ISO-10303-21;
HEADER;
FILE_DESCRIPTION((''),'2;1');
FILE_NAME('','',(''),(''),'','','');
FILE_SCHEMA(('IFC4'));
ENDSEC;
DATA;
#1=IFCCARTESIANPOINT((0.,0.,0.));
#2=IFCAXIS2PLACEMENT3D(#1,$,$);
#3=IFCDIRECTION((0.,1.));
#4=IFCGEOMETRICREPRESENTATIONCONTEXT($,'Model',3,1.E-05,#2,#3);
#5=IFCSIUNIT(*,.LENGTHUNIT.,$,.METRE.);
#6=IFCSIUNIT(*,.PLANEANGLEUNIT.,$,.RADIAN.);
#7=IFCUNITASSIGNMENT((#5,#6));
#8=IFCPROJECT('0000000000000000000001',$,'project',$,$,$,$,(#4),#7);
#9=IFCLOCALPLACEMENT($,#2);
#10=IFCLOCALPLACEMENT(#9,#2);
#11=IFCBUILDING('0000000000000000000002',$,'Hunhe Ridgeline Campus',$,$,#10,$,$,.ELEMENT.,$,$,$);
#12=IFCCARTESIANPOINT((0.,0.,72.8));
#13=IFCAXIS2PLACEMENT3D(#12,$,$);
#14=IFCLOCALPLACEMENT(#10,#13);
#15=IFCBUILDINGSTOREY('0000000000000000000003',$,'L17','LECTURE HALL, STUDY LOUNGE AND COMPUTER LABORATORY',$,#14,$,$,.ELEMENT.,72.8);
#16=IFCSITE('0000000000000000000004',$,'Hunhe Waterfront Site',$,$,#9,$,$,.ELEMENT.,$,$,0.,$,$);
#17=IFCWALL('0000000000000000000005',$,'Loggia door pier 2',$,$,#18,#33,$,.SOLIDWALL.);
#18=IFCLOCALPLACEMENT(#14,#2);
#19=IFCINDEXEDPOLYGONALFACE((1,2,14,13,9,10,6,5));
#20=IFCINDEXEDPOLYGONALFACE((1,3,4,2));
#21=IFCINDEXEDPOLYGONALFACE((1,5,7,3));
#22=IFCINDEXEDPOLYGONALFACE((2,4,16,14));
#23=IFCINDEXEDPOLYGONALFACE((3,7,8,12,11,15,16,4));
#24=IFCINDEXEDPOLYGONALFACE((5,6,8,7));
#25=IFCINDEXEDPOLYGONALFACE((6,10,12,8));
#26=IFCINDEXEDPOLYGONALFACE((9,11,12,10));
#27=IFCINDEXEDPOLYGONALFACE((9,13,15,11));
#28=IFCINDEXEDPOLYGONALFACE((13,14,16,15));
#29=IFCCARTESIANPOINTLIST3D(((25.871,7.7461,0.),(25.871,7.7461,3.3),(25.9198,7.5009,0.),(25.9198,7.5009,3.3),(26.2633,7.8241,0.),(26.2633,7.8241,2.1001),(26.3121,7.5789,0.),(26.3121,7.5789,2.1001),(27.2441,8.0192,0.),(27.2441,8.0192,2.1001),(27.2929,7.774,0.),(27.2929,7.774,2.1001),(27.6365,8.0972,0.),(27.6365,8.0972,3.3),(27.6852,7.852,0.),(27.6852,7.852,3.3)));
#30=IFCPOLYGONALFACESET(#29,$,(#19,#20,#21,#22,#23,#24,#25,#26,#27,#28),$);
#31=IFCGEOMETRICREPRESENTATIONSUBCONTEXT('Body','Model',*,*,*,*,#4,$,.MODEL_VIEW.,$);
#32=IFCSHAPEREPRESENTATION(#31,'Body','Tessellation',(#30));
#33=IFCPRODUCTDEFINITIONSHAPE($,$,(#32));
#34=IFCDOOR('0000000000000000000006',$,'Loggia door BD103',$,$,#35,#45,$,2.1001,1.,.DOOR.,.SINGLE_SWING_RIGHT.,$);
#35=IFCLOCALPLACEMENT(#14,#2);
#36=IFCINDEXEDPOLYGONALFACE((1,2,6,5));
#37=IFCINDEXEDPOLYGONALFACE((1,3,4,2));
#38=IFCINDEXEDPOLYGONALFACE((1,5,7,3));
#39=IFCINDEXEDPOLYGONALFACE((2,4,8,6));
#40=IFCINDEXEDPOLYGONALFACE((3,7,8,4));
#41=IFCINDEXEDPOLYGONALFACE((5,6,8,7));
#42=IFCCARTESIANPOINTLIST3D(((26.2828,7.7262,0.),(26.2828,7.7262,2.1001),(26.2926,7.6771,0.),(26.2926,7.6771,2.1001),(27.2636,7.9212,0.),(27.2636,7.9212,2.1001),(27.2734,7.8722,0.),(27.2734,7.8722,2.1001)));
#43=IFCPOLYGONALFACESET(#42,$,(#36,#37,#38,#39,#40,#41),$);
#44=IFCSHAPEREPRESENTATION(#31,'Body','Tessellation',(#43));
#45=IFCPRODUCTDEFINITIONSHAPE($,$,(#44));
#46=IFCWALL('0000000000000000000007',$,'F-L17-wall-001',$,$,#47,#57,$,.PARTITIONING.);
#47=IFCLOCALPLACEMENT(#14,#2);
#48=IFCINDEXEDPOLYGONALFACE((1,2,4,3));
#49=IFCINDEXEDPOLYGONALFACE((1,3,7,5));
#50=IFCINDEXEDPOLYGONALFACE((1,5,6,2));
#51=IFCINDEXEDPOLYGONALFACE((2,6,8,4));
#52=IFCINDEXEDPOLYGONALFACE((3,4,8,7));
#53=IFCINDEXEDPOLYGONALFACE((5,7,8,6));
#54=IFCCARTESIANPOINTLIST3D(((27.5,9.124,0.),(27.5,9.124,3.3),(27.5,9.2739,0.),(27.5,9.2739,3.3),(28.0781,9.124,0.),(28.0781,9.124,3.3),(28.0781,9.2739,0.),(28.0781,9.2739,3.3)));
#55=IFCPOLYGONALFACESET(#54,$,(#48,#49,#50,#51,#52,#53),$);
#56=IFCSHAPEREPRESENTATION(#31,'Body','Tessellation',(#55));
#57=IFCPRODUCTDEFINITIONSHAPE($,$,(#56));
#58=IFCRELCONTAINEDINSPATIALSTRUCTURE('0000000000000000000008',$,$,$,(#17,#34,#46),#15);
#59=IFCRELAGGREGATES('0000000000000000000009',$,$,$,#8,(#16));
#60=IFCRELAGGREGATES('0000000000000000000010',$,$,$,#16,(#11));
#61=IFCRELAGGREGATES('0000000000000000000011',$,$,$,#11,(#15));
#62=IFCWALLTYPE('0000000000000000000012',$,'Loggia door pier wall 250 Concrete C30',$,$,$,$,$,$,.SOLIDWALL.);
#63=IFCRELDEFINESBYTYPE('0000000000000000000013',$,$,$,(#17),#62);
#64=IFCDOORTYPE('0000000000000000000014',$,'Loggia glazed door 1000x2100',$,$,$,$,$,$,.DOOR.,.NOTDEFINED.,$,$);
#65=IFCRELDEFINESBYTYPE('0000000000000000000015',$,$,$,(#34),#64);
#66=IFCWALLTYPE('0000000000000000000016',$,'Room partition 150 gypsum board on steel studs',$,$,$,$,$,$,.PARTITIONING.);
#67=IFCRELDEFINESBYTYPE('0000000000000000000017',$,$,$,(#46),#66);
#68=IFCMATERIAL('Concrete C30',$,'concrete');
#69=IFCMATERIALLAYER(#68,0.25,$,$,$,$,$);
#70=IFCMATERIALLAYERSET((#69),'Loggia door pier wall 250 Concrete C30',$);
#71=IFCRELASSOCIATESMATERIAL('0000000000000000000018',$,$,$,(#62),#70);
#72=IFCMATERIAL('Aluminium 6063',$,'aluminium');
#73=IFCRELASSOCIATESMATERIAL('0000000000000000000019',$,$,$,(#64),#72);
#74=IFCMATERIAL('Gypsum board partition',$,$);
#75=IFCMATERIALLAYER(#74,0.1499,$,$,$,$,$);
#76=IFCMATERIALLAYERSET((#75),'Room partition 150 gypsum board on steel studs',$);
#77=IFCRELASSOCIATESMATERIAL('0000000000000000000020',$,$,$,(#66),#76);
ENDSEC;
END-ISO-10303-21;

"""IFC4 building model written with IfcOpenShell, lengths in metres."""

from ifc_helpers import new_model, si_unit, direction, frame, frame_2d, origin, place, context, subcontext, project, spatial, rectangle, extrude, material, layer, layer_set, type_object, element, fill, save


model = new_model("IFC4")

# Units and contexts
model_context = context("Model", 3, precision=1e-05, world=origin(), true_north=direction((0.0, 1.0)))
body_context = subcontext(model_context, "Body", "Model", "MODEL_VIEW")
ifc_project = project(units=[si_unit("LENGTHUNIT", "METRE"), si_unit("PLANEANGLEUNIT", "RADIAN")], contexts=[model_context])

# Site, building, storey
site_placement = place(None, origin())
site = spatial("IfcSite", under=ifc_project, at=site_placement, Name="Hunhe Waterfront Site", CompositionType="ELEMENT", RefElevation=0.0)
building_placement = place(site_placement, origin())
building = spatial("IfcBuilding", under=site, at=building_placement, Name="Hunhe Ridgeline Campus", CompositionType="ELEMENT")
storey_placement = place(building_placement, frame((0.0, 0.0, 72.8)))
storey = spatial("IfcBuildingStorey", under=building, at=storey_placement, Name="L17", Description="LECTURE HALL, STUDY LOUNGE AND COMPUTER LABORATORY", CompositionType="ELEMENT", Elevation=72.8)

# Shared definitions
ifc_material_1 = material(Name="Aluminium 6063", Category="aluminium")

# Shared definitions
ifc_material_2 = material(Name="Gypsum board partition")

# Wall, opening, door
ifc_material_3 = material(Name="Concrete C30", Category="concrete")
ifc_layer_1 = layer(ifc_material_3, 0.25)
ifc_layer_set_1 = layer_set([ifc_layer_1], Name="Loggia door pier wall 250 Concrete C30")
wall_type_1 = type_object("IfcWallType", Name="Loggia door pier wall 250 Concrete C30", PredefinedType="SOLIDWALL", material=ifc_layer_set_1)
wall_1_placement = place(storey_placement, frame((25.8955, 7.6235, 0.0), z_axis=(0.0, 0.0, 1.0), x_axis=(0.980794, 0.195047, 0.0)))
wall_1 = element("IfcWall", 1, at=wall_1_placement, inside=storey, type_object=wall_type_1, Name="Loggia door pier 2", PredefinedType="SOLIDWALL", context=body_context, shape_type="SweptSolid", body=[
    extrude(rectangle(XDim=1.8, YDim=0.25, at=frame_2d((0.8999, 0.0))), origin(), (0.0, 0.0, 1.0), 3.3),
])
opening_1_placement = place(wall_1_placement, frame((0.3999, 0.0, 0.0)))
opening_1 = element("IfcOpeningElement", 2, at=opening_1_placement, cuts=wall_1, PredefinedType="OPENING", context=body_context, shape_type="SweptSolid", body=[
    extrude(rectangle(XDim=1.0, YDim=2.1001, at=frame_2d((0.5, 1.05))), frame((0.0, 0.125, 0.0), z_axis=(0.0, -1.0, 0.0), x_axis=(1.0, 0.0, 0.0)), (0.0, 0.0, 1.0), 0.25),
])
door_type_1 = type_object("IfcDoorType", Name="Loggia glazed door 1000x2100", OperationType="NOTDEFINED", PredefinedType="DOOR", material=ifc_material_1)
door_1_placement = place(opening_1_placement, frame((1.0, 0.0, 0.0), z_axis=(0.0, 0.0, 1.0), x_axis=(-1.0, 0.0, 0.0)))
door_1 = element("IfcDoor", 3, at=door_1_placement, inside=storey, type_object=door_type_1, Name="Loggia door BD103", OperationType="SINGLE_SWING_RIGHT", OverallHeight=2.1001, OverallWidth=1.0, PredefinedType="DOOR", context=body_context, shape_type="SweptSolid", body=[
    extrude(rectangle(XDim=1.0, YDim=2.1001, at=frame_2d((0.5, 1.05))), frame((0.0, 0.0249, 0.0), z_axis=(0.0, -1.0, 0.0), x_axis=(1.0, 0.0, 0.0)), (0.0, 0.0, 1.0), 0.05),
])
fill(opening_1, door_1)

# Wall
ifc_layer_2 = layer(ifc_material_2, 0.1499)
ifc_layer_set_2 = layer_set([ifc_layer_2], Name="Room partition 150 gypsum board on steel studs")
wall_type_2 = type_object("IfcWallType", Name="Room partition 150 gypsum board on steel studs", PredefinedType="PARTITIONING", material=ifc_layer_set_2)
wall_2_placement = place(storey_placement, frame((27.5, 9.199, 0.0), z_axis=(0.0, 0.0, 1.0), x_axis=(1.0, 0.0, 0.0)))
element("IfcWall", 4, at=wall_2_placement, inside=storey, type_object=wall_type_2, Name="F-L17-wall-001", PredefinedType="PARTITIONING", context=body_context, shape_type="SweptSolid", body=[
    extrude(rectangle(XDim=0.5781, YDim=0.1499, at=frame_2d((0.2891, 0.0))), origin(), (0.0, 0.0, 1.0), 3.3),
])

save(model, "model.ifc")
